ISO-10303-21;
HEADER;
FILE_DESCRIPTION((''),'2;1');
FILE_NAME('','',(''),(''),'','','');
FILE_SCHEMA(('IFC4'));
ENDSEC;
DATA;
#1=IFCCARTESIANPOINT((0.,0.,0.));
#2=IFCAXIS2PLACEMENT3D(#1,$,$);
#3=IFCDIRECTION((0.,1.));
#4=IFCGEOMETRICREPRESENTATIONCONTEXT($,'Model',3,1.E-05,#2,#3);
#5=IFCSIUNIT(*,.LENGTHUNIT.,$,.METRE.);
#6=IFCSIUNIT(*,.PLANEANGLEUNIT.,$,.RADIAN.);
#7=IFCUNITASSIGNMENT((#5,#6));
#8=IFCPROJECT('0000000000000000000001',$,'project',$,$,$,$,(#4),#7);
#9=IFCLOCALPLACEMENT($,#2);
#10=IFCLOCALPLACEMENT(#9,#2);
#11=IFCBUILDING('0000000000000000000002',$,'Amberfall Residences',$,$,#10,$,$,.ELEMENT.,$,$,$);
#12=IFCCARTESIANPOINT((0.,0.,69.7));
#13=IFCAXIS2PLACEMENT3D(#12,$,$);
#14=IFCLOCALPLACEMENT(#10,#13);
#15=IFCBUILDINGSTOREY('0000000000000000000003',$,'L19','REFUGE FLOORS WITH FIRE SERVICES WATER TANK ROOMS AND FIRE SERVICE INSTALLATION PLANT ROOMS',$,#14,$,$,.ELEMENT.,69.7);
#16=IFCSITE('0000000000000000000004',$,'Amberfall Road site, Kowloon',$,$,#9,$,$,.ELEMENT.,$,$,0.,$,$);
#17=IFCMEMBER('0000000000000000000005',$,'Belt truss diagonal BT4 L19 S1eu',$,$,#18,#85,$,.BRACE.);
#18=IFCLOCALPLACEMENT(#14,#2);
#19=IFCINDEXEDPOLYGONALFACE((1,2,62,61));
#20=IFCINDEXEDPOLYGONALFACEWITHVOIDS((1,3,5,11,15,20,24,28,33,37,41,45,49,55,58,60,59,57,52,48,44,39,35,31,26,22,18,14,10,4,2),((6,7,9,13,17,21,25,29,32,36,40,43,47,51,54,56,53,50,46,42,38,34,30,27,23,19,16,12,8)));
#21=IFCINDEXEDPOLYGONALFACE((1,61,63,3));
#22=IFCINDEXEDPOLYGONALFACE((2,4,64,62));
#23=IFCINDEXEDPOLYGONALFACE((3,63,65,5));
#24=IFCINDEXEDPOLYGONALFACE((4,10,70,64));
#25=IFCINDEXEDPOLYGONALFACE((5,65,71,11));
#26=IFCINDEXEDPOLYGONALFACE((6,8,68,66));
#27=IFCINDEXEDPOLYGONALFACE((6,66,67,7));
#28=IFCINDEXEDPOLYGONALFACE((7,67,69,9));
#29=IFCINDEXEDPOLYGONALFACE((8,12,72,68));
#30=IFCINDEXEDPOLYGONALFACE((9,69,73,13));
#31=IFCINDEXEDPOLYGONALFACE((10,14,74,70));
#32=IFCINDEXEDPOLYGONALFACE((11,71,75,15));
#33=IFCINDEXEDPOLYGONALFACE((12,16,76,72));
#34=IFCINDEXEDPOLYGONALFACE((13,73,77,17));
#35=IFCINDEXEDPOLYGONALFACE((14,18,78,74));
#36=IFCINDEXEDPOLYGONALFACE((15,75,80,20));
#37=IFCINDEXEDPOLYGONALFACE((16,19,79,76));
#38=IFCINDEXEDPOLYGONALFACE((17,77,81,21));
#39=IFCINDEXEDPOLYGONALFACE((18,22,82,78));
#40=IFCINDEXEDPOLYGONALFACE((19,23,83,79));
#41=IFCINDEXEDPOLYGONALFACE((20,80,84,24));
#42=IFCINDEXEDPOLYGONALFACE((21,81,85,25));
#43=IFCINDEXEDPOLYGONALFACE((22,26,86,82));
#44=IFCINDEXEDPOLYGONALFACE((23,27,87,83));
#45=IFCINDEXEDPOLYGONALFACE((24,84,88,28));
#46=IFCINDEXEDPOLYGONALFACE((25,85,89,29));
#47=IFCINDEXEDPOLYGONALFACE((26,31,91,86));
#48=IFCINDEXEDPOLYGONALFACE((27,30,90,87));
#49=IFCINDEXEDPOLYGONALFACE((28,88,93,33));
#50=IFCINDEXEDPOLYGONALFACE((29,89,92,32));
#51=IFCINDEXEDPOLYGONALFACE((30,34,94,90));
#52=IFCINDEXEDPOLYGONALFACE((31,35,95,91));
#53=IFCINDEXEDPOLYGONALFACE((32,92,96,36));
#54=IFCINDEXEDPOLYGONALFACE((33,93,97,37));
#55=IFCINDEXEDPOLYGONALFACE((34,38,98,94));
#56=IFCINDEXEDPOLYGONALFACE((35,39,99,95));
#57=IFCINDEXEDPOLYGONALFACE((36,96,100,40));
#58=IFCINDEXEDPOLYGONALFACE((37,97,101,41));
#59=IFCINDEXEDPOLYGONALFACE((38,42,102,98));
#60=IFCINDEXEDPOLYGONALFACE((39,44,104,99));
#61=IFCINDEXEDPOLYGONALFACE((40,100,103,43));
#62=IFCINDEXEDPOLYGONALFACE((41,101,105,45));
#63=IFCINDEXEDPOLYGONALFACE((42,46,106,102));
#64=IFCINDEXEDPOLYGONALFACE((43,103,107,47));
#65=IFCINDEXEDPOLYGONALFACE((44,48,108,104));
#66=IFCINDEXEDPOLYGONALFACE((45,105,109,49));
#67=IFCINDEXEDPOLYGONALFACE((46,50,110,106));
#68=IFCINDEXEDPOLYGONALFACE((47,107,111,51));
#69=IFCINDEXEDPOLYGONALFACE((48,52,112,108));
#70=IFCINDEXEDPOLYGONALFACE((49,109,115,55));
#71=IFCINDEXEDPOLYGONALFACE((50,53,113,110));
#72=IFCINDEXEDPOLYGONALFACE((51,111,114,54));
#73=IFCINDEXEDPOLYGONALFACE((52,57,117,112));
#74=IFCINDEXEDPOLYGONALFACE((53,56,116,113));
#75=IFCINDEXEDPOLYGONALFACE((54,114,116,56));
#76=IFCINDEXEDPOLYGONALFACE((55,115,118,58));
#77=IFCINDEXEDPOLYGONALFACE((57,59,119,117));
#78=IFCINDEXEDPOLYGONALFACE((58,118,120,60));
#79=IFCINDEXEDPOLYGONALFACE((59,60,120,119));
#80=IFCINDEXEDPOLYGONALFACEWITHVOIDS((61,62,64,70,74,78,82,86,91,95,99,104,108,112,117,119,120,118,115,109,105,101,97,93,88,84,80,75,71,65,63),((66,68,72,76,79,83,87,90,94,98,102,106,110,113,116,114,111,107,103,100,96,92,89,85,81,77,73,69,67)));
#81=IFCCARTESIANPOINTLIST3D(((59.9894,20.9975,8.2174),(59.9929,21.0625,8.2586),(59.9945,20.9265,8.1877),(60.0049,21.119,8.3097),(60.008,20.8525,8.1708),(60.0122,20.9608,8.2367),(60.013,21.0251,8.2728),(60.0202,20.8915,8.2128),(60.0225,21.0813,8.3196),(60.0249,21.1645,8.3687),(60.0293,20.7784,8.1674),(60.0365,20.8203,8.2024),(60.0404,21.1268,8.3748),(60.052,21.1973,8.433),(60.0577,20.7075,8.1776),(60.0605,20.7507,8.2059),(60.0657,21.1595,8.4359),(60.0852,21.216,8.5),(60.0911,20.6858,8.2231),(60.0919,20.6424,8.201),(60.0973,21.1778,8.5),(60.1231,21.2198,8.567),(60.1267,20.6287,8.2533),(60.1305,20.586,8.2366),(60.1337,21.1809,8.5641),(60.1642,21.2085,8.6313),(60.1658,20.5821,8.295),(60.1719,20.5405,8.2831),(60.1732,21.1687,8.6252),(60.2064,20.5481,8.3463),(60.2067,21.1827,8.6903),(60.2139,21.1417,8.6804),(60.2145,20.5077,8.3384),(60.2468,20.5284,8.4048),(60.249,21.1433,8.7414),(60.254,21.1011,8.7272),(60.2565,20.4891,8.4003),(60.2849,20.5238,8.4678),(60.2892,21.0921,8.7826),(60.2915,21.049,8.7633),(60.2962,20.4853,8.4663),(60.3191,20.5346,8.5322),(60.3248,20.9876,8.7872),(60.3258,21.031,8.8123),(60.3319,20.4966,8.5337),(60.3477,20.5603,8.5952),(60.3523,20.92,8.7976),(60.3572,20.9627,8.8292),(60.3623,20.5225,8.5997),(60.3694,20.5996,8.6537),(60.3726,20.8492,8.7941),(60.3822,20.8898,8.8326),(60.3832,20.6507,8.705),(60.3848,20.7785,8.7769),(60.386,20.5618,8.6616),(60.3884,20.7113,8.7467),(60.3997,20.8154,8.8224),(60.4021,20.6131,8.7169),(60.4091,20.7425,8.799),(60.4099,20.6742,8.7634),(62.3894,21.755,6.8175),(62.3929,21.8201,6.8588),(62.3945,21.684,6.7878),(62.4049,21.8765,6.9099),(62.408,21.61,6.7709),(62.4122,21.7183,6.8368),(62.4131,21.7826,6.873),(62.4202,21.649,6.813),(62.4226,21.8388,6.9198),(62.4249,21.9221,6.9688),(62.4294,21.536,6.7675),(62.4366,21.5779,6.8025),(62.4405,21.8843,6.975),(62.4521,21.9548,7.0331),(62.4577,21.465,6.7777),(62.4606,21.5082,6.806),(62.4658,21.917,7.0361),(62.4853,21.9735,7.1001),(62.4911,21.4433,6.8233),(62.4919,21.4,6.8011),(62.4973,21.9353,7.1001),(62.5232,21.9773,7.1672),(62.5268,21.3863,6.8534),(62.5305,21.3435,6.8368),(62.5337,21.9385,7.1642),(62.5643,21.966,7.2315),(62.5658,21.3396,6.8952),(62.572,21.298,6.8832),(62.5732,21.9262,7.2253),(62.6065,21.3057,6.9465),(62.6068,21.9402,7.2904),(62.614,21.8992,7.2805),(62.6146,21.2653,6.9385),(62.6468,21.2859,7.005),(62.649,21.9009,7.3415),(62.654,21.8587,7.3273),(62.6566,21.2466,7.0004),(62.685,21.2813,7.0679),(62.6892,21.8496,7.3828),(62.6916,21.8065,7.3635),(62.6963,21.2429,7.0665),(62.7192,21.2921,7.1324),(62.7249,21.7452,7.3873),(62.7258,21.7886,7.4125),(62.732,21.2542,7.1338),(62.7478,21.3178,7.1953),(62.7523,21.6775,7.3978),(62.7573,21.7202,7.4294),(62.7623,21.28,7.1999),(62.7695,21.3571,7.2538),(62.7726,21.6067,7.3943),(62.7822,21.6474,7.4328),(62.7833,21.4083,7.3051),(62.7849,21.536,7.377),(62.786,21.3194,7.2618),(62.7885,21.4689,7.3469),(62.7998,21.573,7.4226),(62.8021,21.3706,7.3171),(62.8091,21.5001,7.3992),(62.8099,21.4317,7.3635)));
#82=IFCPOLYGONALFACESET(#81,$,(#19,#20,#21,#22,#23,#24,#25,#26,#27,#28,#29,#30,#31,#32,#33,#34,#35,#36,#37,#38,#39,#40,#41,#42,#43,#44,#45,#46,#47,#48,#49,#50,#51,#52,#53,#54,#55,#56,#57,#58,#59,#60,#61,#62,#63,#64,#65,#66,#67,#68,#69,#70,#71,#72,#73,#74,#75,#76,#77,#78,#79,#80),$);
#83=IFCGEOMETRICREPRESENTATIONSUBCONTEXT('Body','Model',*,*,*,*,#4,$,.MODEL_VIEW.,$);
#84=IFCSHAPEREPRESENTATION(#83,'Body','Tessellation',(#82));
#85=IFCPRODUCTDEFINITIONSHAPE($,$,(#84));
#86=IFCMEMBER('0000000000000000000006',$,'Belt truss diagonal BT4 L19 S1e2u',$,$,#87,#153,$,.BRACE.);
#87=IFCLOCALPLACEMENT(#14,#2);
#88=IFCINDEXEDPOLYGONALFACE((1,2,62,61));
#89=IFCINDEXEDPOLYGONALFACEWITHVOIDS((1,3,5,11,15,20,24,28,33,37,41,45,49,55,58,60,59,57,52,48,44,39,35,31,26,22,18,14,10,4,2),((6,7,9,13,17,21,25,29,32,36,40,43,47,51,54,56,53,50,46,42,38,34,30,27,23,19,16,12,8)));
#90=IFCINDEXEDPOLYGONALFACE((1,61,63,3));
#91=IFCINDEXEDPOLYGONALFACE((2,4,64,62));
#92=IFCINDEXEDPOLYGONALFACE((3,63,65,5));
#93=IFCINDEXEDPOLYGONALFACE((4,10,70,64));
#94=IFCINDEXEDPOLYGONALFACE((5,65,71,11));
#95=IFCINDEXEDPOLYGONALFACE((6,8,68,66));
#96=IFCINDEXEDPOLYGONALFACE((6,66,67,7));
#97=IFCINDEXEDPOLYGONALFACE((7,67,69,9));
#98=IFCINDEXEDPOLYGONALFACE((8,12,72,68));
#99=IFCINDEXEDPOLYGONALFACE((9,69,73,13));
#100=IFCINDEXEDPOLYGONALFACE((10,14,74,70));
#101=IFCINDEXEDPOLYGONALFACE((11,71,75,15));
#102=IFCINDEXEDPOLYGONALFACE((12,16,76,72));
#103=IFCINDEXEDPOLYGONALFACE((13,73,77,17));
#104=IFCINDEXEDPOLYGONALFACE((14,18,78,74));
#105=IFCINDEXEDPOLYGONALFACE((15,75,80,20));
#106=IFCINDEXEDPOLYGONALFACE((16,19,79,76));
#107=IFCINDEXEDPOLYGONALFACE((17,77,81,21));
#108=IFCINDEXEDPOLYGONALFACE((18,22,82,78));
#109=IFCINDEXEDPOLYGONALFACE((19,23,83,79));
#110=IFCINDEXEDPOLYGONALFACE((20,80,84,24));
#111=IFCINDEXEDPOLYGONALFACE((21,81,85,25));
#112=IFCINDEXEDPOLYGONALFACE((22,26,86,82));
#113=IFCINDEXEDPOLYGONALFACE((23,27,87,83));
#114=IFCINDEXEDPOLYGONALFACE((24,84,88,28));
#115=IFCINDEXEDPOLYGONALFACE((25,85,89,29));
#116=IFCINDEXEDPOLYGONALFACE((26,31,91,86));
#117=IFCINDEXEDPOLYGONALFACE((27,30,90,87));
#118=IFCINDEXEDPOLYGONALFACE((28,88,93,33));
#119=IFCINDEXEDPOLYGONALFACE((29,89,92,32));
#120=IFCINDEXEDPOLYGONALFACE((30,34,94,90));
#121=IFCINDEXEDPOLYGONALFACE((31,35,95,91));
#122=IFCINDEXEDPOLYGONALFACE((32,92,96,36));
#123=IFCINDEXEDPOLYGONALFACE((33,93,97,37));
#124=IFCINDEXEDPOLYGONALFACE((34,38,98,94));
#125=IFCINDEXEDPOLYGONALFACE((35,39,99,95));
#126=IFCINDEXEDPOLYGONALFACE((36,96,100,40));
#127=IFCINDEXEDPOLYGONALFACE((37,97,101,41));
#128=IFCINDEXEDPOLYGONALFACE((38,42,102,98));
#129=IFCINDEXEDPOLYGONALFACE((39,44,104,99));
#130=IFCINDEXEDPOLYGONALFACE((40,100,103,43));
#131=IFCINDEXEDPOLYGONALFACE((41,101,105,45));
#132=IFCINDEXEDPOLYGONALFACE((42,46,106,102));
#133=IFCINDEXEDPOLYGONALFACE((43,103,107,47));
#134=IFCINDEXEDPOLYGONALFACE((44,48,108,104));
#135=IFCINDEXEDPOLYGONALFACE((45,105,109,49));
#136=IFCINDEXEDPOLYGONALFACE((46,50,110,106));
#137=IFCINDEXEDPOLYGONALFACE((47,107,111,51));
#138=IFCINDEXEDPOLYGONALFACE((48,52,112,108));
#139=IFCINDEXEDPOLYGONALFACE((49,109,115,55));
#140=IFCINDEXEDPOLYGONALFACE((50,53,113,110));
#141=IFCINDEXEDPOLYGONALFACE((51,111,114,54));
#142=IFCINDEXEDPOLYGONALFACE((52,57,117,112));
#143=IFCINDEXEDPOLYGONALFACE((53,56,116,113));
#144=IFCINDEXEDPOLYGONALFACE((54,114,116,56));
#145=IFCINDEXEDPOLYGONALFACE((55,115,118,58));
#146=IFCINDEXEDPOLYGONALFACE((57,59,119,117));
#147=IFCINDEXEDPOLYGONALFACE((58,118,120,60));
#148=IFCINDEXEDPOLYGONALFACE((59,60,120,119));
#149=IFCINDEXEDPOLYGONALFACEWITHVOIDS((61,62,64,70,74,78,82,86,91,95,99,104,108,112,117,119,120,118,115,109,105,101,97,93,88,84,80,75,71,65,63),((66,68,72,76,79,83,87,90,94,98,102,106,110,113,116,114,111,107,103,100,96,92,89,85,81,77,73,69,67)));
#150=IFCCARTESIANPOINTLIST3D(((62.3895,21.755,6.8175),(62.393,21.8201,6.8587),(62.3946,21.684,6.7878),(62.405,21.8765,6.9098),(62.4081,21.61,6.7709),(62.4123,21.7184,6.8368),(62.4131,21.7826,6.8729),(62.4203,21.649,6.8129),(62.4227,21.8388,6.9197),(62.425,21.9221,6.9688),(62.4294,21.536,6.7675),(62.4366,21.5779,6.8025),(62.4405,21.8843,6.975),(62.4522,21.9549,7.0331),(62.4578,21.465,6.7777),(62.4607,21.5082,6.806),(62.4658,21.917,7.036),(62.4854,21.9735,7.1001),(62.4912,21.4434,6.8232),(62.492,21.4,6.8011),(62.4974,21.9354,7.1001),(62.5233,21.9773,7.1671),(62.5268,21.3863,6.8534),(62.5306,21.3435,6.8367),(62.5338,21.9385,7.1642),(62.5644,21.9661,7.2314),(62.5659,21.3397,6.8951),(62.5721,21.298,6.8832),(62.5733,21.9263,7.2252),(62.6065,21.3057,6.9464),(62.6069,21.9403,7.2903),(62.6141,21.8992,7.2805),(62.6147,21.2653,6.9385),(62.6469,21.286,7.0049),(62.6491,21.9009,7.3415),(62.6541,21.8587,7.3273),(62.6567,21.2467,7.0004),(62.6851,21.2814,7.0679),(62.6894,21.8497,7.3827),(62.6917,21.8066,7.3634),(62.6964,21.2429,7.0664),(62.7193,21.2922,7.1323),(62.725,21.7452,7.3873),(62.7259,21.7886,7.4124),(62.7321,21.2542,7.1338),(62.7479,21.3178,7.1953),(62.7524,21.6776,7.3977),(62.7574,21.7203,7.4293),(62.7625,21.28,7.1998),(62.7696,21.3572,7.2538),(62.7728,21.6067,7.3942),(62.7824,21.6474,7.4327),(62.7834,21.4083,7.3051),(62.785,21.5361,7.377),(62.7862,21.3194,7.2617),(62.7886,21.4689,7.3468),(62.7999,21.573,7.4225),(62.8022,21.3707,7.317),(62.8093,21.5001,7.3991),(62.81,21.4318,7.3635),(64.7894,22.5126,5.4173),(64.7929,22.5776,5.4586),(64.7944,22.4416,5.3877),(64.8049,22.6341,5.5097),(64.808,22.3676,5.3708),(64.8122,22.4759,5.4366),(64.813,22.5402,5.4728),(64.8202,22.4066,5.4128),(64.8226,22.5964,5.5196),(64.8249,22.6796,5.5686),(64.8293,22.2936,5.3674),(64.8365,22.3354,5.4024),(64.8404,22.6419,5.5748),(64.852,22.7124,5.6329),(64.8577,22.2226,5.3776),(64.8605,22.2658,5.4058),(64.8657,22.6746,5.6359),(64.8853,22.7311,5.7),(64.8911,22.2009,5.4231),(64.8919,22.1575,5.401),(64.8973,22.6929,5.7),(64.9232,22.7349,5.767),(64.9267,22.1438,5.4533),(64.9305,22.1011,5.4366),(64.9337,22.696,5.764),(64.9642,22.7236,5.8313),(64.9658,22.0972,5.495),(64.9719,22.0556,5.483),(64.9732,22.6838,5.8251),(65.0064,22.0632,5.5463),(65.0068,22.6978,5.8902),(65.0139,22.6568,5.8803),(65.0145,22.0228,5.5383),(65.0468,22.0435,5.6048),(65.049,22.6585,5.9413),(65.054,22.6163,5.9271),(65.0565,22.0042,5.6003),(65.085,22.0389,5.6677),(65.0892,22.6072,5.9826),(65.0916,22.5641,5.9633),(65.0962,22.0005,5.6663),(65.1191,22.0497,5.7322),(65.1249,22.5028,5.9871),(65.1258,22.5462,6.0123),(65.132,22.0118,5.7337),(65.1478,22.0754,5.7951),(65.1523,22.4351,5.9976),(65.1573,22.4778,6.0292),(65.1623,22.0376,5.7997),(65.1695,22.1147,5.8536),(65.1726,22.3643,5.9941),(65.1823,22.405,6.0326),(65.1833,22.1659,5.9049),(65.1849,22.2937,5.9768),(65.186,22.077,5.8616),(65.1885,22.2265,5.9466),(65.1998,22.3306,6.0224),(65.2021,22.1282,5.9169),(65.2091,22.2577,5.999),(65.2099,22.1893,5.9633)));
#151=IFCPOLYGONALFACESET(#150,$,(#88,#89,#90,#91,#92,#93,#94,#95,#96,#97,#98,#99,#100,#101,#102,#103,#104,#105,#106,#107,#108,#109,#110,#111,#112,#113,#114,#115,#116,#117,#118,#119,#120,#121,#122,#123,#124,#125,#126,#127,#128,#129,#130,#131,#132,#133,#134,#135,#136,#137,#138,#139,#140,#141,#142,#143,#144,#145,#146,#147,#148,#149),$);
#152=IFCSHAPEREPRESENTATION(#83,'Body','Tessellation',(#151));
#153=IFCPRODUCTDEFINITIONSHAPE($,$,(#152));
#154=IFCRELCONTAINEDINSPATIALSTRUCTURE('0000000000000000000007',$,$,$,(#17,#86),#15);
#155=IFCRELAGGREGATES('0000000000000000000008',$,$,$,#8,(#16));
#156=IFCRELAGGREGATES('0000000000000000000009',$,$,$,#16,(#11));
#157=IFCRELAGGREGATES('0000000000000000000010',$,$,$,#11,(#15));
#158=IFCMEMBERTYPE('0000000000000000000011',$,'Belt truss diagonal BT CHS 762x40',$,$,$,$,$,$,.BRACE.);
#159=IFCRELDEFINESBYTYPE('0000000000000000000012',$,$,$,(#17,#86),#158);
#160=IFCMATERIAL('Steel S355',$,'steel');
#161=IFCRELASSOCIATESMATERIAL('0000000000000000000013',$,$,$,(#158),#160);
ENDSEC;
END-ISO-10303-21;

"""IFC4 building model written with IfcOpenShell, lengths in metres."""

from ifc_helpers import new_model, si_unit, direction, frame, origin, origin_2d, place, context, subcontext, project, spatial, hollow_circle, extrude, material, material_profile, profile_set, type_object, element, save


model = new_model("IFC4")

# Units and contexts
model_context = context("Model", 3, precision=1e-05, world=origin(), true_north=direction((0.0, 1.0)))
body_context = subcontext(model_context, "Body", "Model", "MODEL_VIEW")
ifc_project = project(units=[si_unit("LENGTHUNIT", "METRE"), si_unit("PLANEANGLEUNIT", "RADIAN")], contexts=[model_context])

# Site, building, storey
site_placement = place(None, origin())
site = spatial("IfcSite", under=ifc_project, at=site_placement, Name="Amberfall Road site, Kowloon", CompositionType="ELEMENT", RefElevation=0.0)
building_placement = place(site_placement, origin())
building = spatial("IfcBuilding", under=site, at=building_placement, Name="Amberfall Residences", CompositionType="ELEMENT")
storey_placement = place(building_placement, frame((0.0, 0.0, 69.7)))
storey = spatial("IfcBuildingStorey", under=building, at=storey_placement, Name="L19", Description="REFUGE FLOORS WITH FIRE SERVICES WATER TANK ROOMS AND FIRE SERVICE INSTALLATION PLANT ROOMS", CompositionType="ELEMENT", Elevation=69.7)

# Shared definitions
ifc_material_1 = material(Name="Steel S355", Category="steel")

# Members
ifc_material_profile_1 = material_profile(ifc_material_1, hollow_circle(Radius=0.3811, WallThickness=0.04, at=origin_2d()), Name="CHS 762x40")
ifc_profile_set_1 = profile_set([ifc_material_profile_1], Name="Steel S355")
member_type_1 = type_object("IfcMemberType", Name="Belt truss diagonal BT CHS 762x40", PredefinedType="BRACE", material=ifc_profile_set_1)
for number, where, z_axis, x_axis, name in (
    (1, (60.2, 20.8525, 8.5), (0.833387, 0.263046, -0.486079), (-0.300997, 0.953625, 0.0), "Belt truss diagonal BT4 L19 S1eu"),
    (2, (62.6001, 21.6101, 7.1001), (0.833327, 0.263053, -0.486178), (-0.301025, 0.953616, 0.0), "Belt truss diagonal BT4 L19 S1e2u"),
):
    element("IfcMember", number, at=place(storey_placement, frame(where, z_axis=z_axis, x_axis=x_axis)), inside=storey, type_object=member_type_1, Name=name, PredefinedType="BRACE", context=body_context, shape_type="SweptSolid", body=[
        extrude(hollow_circle(Radius=0.3811, WallThickness=0.04, at=origin_2d()), origin(), (0.0, 0.0, 1.0), 2.8799),
    ])

save(model, "model.ifc")
